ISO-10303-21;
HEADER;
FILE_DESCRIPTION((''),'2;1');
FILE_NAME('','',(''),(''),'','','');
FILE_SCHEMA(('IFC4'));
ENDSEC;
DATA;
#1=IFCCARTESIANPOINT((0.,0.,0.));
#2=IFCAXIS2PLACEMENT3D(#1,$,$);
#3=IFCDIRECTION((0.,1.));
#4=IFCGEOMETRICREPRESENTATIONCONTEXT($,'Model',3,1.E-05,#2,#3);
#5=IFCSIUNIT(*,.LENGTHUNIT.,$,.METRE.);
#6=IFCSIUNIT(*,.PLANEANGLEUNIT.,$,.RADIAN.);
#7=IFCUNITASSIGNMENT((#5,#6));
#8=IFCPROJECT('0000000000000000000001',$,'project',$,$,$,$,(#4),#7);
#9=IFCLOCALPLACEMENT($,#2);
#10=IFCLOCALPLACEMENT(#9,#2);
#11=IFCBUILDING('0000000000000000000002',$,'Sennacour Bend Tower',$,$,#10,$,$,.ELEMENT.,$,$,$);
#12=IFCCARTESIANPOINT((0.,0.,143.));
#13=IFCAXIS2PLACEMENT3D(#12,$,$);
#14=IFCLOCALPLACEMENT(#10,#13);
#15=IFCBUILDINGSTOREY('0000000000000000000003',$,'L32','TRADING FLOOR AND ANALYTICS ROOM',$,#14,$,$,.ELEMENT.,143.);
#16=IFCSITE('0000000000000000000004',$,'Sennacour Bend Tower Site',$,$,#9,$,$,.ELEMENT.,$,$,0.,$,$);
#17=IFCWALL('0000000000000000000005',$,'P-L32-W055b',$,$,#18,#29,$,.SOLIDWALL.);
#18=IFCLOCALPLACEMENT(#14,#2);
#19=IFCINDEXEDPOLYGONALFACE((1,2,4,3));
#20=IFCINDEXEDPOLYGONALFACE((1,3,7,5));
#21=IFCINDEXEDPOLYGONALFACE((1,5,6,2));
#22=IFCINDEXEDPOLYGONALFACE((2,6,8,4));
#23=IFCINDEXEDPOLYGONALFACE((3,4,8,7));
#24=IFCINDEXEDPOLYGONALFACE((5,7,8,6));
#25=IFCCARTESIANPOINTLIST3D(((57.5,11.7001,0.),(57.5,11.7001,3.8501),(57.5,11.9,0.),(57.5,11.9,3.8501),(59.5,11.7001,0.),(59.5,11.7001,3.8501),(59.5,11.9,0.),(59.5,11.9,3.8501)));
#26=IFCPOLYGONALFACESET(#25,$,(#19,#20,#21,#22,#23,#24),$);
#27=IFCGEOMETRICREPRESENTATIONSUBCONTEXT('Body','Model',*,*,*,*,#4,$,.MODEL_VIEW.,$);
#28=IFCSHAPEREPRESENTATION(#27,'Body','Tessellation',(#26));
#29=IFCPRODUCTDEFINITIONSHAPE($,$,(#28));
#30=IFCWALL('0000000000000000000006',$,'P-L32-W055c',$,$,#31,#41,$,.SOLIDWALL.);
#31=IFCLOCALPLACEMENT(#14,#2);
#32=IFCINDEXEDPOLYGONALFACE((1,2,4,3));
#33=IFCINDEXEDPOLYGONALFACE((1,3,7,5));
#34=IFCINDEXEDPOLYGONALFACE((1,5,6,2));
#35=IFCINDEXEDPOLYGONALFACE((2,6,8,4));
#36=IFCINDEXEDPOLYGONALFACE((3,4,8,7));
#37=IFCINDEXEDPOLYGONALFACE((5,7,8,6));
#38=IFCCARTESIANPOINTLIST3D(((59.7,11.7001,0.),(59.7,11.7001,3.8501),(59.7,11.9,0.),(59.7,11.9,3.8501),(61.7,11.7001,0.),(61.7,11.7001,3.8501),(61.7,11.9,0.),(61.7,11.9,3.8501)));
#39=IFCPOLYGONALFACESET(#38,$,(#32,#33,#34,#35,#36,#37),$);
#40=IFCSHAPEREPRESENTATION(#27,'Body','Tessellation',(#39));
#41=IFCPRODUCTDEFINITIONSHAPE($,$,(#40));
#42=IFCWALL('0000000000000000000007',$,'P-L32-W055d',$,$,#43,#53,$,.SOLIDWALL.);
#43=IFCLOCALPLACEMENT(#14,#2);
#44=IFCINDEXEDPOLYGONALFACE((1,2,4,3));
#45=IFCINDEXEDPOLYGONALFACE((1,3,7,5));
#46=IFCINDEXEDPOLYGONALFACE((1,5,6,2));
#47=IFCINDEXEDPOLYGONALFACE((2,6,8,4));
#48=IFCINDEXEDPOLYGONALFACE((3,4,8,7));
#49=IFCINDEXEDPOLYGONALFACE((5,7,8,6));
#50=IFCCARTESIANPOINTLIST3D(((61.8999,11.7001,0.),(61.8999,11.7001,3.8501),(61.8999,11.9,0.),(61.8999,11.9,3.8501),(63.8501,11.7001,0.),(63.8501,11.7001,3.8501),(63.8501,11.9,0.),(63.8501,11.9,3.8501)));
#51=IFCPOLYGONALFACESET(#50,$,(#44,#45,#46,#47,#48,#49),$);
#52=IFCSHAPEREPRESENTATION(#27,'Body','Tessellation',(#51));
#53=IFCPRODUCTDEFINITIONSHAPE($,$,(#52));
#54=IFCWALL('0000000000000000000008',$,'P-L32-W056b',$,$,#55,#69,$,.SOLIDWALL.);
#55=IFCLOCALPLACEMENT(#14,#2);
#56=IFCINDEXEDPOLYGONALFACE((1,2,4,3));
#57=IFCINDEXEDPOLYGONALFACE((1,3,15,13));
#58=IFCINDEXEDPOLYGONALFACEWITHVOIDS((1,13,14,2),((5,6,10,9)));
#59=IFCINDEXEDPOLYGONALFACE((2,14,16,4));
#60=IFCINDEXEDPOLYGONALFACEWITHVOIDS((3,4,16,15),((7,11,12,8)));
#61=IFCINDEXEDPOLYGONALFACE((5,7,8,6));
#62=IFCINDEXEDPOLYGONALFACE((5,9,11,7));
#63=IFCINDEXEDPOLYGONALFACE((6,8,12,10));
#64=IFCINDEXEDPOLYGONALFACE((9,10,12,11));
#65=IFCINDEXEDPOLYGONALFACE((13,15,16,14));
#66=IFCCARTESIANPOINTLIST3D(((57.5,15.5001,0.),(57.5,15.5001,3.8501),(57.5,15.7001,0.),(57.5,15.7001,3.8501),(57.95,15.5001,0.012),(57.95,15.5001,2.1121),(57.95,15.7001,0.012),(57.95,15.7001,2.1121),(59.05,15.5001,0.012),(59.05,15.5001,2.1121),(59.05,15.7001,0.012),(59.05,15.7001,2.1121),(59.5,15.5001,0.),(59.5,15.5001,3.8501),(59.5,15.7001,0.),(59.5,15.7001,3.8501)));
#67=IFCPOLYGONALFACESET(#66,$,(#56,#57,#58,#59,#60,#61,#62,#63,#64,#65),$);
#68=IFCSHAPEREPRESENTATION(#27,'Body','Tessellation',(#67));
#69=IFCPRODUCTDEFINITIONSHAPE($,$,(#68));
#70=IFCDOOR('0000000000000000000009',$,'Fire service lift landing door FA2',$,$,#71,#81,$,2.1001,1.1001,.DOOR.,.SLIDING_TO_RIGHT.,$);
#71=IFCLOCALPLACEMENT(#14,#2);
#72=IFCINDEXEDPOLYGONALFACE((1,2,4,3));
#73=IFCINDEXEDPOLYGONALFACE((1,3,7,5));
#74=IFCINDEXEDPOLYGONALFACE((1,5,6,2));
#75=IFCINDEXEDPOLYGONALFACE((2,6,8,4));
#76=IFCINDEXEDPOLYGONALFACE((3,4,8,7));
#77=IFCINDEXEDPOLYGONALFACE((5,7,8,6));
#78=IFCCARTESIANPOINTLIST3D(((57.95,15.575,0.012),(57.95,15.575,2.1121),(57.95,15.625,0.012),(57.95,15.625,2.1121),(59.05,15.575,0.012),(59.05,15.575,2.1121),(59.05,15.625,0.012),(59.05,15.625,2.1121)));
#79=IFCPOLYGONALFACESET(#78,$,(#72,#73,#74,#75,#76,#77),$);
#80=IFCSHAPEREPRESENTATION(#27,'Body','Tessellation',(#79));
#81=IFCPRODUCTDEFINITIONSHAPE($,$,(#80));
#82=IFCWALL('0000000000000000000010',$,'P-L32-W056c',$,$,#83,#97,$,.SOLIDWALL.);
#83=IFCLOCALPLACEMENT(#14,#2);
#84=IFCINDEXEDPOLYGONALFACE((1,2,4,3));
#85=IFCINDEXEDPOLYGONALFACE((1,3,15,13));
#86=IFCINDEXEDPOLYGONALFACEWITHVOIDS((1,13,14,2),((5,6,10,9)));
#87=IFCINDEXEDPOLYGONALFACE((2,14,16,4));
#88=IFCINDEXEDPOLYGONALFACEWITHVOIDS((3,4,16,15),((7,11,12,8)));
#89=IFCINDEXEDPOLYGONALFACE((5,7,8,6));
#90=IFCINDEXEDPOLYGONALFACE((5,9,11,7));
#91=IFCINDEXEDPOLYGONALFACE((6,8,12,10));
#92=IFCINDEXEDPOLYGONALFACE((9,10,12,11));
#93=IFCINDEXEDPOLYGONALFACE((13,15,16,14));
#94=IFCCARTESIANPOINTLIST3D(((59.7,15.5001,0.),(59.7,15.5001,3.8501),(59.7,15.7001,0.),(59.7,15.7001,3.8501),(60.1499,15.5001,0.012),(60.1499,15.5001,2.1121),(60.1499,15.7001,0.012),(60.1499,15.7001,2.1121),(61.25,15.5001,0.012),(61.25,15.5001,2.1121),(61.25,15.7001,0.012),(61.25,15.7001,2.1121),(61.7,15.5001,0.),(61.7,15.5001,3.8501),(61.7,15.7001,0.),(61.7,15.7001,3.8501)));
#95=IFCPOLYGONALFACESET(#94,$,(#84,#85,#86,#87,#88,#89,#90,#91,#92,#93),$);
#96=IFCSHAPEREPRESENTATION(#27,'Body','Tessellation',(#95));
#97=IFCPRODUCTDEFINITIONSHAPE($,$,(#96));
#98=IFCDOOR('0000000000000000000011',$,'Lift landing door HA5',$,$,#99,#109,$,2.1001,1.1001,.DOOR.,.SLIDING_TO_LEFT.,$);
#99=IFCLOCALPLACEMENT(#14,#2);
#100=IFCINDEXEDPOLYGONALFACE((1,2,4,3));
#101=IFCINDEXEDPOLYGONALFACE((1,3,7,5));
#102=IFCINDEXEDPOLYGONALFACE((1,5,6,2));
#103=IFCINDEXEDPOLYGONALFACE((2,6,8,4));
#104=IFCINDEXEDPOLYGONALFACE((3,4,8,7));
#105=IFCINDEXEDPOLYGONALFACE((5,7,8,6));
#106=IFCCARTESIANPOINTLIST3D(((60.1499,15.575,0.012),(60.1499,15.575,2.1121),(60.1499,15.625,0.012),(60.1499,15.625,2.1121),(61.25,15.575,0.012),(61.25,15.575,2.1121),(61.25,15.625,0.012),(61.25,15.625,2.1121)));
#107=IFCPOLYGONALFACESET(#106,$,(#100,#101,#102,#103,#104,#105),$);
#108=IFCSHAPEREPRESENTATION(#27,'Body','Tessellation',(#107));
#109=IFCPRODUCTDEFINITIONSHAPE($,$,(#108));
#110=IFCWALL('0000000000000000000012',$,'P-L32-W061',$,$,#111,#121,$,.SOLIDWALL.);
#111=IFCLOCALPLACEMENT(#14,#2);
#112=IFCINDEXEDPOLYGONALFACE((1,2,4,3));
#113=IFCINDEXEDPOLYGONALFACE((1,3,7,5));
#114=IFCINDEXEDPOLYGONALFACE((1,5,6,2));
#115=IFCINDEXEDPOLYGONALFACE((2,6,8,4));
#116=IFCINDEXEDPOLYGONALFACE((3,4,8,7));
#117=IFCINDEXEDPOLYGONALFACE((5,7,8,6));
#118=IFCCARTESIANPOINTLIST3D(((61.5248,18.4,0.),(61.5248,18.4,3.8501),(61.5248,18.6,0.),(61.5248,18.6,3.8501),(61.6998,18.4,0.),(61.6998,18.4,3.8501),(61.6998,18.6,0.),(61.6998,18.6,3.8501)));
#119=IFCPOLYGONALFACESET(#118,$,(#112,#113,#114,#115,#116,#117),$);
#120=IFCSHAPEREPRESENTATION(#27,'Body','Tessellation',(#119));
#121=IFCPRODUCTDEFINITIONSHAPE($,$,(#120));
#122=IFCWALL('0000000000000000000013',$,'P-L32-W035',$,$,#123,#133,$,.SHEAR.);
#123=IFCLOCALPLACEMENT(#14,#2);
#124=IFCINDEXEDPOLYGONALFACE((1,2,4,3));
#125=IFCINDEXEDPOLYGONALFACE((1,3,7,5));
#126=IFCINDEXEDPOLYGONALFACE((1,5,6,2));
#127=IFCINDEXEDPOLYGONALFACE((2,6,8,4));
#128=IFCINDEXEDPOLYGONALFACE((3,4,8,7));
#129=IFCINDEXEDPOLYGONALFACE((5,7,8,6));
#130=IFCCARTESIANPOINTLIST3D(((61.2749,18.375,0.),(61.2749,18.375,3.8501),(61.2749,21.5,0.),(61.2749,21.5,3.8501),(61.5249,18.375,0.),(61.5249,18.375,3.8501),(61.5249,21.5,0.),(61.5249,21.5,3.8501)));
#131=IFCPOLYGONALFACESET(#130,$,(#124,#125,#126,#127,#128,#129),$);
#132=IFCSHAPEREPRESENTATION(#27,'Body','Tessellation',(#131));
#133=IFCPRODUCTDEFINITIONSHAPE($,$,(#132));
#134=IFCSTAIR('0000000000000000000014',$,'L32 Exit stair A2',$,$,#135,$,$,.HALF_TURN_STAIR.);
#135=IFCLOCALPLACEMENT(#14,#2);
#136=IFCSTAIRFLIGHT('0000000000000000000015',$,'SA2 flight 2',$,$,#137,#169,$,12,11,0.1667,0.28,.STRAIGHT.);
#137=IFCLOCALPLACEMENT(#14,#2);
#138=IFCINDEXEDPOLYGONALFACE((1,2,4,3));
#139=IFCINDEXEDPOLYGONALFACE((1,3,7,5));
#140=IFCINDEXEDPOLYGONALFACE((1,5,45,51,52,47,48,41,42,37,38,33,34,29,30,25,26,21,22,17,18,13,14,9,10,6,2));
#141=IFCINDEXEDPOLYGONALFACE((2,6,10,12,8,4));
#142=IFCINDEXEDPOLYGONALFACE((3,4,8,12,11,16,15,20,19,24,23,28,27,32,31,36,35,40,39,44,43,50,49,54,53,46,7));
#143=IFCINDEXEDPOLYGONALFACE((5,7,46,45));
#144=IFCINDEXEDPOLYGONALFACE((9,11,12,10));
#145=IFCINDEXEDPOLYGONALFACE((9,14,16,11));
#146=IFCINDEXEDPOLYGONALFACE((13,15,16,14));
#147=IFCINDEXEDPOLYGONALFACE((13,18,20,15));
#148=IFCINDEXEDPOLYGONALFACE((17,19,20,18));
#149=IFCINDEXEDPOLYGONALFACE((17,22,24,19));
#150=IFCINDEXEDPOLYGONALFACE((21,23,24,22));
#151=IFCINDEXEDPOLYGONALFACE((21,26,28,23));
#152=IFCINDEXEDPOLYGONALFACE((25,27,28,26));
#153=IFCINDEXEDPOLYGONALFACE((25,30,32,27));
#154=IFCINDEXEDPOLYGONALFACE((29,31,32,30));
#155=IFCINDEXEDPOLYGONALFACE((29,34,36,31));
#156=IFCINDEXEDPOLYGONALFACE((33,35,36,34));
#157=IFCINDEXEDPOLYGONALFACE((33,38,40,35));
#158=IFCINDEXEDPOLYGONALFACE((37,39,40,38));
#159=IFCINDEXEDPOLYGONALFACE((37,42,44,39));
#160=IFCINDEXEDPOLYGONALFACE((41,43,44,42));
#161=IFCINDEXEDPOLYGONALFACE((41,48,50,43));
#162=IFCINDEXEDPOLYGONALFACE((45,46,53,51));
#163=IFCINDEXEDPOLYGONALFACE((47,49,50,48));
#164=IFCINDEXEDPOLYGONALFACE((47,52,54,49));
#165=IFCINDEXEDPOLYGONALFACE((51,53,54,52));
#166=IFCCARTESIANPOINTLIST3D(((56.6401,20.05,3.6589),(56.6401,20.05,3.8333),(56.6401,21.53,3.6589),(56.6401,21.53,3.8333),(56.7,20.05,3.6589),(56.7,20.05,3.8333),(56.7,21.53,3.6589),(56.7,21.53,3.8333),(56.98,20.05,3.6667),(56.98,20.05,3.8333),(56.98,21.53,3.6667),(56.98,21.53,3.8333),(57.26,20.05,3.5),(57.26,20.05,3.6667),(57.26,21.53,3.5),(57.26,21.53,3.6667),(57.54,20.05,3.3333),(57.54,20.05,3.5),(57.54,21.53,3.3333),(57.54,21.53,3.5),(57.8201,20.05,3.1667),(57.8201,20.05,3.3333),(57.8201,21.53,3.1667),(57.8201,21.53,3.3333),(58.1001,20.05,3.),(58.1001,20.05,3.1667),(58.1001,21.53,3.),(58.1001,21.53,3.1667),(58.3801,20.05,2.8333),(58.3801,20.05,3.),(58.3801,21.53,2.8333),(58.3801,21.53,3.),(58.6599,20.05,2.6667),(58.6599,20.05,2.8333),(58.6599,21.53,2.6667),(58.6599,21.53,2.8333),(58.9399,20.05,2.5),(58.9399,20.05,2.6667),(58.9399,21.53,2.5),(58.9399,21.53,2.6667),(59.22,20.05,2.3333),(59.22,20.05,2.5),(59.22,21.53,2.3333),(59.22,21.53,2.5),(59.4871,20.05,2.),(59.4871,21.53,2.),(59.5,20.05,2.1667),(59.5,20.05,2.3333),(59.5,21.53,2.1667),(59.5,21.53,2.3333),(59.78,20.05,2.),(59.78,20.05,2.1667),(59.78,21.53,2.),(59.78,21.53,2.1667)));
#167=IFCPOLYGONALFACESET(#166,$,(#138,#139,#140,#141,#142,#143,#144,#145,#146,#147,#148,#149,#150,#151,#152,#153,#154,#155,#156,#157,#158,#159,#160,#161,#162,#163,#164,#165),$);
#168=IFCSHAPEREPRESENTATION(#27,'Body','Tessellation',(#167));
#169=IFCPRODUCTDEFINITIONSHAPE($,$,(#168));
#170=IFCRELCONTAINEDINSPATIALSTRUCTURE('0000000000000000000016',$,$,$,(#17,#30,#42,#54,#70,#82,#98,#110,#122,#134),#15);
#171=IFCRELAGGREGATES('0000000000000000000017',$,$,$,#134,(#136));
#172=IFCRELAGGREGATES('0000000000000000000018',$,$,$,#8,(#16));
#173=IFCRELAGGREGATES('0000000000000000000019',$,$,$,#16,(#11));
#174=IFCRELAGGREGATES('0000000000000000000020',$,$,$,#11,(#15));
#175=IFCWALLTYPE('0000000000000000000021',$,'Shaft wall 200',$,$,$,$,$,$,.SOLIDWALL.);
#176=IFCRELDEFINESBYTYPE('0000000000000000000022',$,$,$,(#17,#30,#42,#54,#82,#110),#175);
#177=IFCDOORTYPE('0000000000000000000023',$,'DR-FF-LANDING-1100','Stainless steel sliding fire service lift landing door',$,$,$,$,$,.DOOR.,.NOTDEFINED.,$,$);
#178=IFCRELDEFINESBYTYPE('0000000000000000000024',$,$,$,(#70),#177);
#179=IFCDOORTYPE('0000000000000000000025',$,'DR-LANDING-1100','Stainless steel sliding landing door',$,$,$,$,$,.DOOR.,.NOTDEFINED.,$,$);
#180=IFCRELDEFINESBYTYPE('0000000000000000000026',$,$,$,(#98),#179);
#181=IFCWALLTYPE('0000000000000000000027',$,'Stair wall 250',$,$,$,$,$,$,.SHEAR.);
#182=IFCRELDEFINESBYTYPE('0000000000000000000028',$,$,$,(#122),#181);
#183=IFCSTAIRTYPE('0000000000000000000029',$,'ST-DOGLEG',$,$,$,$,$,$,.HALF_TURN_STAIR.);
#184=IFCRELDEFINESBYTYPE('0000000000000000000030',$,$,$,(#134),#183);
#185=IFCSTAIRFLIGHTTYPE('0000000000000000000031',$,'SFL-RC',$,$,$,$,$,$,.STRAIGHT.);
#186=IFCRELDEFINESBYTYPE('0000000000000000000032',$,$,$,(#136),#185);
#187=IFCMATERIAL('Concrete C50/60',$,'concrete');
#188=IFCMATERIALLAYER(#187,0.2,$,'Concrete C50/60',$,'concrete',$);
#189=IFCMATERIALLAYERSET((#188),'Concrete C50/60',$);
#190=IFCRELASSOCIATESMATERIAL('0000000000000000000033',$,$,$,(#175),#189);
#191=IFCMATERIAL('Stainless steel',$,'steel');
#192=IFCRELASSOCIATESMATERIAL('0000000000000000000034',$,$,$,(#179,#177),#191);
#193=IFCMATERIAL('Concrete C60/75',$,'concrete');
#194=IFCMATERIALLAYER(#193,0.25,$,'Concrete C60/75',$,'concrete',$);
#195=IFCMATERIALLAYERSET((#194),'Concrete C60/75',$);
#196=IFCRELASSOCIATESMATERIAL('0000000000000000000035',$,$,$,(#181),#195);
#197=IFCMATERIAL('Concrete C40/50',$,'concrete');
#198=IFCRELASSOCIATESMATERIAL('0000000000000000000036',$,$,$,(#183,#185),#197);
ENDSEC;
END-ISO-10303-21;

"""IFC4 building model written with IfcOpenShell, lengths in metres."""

from ifc_helpers import new_model, si_unit, direction, frame, frame_2d, origin, place, context, subcontext, project, spatial, polyline, rectangle, outline, extrude, material, layer, layer_set, type_object, element, fill, aggregate, save


model = new_model("IFC4")

# Units and contexts
model_context = context("Model", 3, precision=1e-05, world=origin(), true_north=direction((0.0, 1.0)))
body_context = subcontext(model_context, "Body", "Model", "MODEL_VIEW")
ifc_project = project(units=[si_unit("LENGTHUNIT", "METRE"), si_unit("PLANEANGLEUNIT", "RADIAN")], contexts=[model_context])

# Site, building, storey
site_placement = place(None, origin())
site = spatial("IfcSite", under=ifc_project, at=site_placement, Name="Sennacour Bend Tower Site", CompositionType="ELEMENT", RefElevation=0.0)
building_placement = place(site_placement, origin())
building = spatial("IfcBuilding", under=site, at=building_placement, Name="Sennacour Bend Tower", CompositionType="ELEMENT")
storey_placement = place(building_placement, frame((0.0, 0.0, 143.0)))
storey = spatial("IfcBuildingStorey", under=building, at=storey_placement, Name="L32", Description="TRADING FLOOR AND ANALYTICS ROOM", CompositionType="ELEMENT", Elevation=143.0)

# Shared definitions
ifc_material_1 = material(Name="Concrete C50/60", Category="concrete")
ifc_layer_1 = layer(ifc_material_1, 0.2, Name="Concrete C50/60", Category="concrete")
ifc_layer_set_1 = layer_set([ifc_layer_1], Name="Concrete C50/60")
wall_type_1 = type_object("IfcWallType", Name="Shaft wall 200", PredefinedType="SOLIDWALL", material=ifc_layer_set_1)

# Shared definitions
ifc_material_2 = material(Name="Stainless steel", Category="steel")
door_type_1 = type_object("IfcDoorType", Name="DR-LANDING-1100", Description="Stainless steel sliding landing door", OperationType="NOTDEFINED", PredefinedType="DOOR", material=ifc_material_2)

# Walls
for number, where, z_axis, x_axis, name in (
    (1, (57.5, 11.8, 0.0), (0.0, 0.0, 1.0), (1.0, 0.0, 0.0), "P-L32-W055b"),
    (2, (59.7, 11.8, 0.0), (0.0, 0.0, 1.0), (1.0, 0.0, 0.0), "P-L32-W055c"),
):
    element("IfcWall", number, at=place(storey_placement, frame(where, z_axis=z_axis, x_axis=x_axis)), inside=storey, type_object=wall_type_1, Name=name, PredefinedType="SOLIDWALL", context=body_context, shape_type="SweptSolid", body=[
        extrude(rectangle(XDim=2.0, YDim=0.2, at=frame_2d((1.0, 0.0))), origin(), (0.0, 0.0, 1.0), 3.8501),
    ])
wall_1_placement = place(storey_placement, frame((61.8999, 11.8, 0.0), z_axis=(0.0, 0.0, 1.0), x_axis=(1.0, 0.0, 0.0)))
element("IfcWall", 3, at=wall_1_placement, inside=storey, type_object=wall_type_1, Name="P-L32-W055d", PredefinedType="SOLIDWALL", context=body_context, shape_type="SweptSolid", body=[
    extrude(rectangle(XDim=1.9502, YDim=0.2, at=frame_2d((0.9751, 0.0))), origin(), (0.0, 0.0, 1.0), 3.8501),
])

# Walls, openings, doors
wall_2_placement = place(storey_placement, frame((57.5, 15.6001, 0.0), z_axis=(0.0, 0.0, 1.0), x_axis=(1.0, 0.0, 0.0)))
wall_2 = element("IfcWall", 4, at=wall_2_placement, inside=storey, type_object=wall_type_1, Name="P-L32-W056b", PredefinedType="SOLIDWALL", context=body_context, shape_type="SweptSolid", body=[
    extrude(rectangle(XDim=2.0, YDim=0.2, at=frame_2d((1.0, 0.0))), origin(), (0.0, 0.0, 1.0), 3.8501),
])
opening_1_placement = place(wall_2_placement, frame((0.45, 0.0, 0.012)))
opening_1 = element("IfcOpeningElement", 5, at=opening_1_placement, cuts=wall_2, PredefinedType="OPENING", context=body_context, shape_type="SweptSolid", body=[
    extrude(rectangle(XDim=1.1001, YDim=2.1001, at=frame_2d((0.55, 1.05))), frame((0.0, 0.1099, 0.0), z_axis=(0.0, -1.0, 0.0), x_axis=(1.0, 0.0, 0.0)), (0.0, 0.0, 1.0), 0.22),
])
door_type_2 = type_object("IfcDoorType", Name="DR-FF-LANDING-1100", Description="Stainless steel sliding fire service lift landing door", OperationType="NOTDEFINED", PredefinedType="DOOR", material=ifc_material_2)
door_1_placement = place(opening_1_placement, origin())
door_1 = element("IfcDoor", 6, at=door_1_placement, inside=storey, type_object=door_type_2, Name="Fire service lift landing door FA2", OperationType="SLIDING_TO_RIGHT", OverallHeight=2.1001, OverallWidth=1.1001, PredefinedType="DOOR", context=body_context, shape_type="SweptSolid", body=[
    extrude(rectangle(XDim=1.1001, YDim=2.1001, at=frame_2d((0.55, 1.05))), frame((0.0, 0.0249, 0.0), z_axis=(0.0, -1.0, 0.0), x_axis=(1.0, 0.0, 0.0)), (0.0, 0.0, 1.0), 0.05),
])
fill(opening_1, door_1)
wall_3_placement = place(storey_placement, frame((59.7, 15.6001, 0.0), z_axis=(0.0, 0.0, 1.0), x_axis=(1.0, 0.0, 0.0)))
wall_3 = element("IfcWall", 7, at=wall_3_placement, inside=storey, type_object=wall_type_1, Name="P-L32-W056c", PredefinedType="SOLIDWALL", context=body_context, shape_type="SweptSolid", body=[
    extrude(rectangle(XDim=2.0, YDim=0.2, at=frame_2d((1.0, 0.0))), origin(), (0.0, 0.0, 1.0), 3.8501),
])
opening_2_placement = place(wall_3_placement, frame((0.45, 0.0, 0.012)))
opening_2 = element("IfcOpeningElement", 8, at=opening_2_placement, cuts=wall_3, PredefinedType="OPENING", context=body_context, shape_type="SweptSolid", body=[
    extrude(rectangle(XDim=1.1001, YDim=2.1001, at=frame_2d((0.55, 1.05))), frame((0.0, 0.1099, 0.0), z_axis=(0.0, -1.0, 0.0), x_axis=(1.0, 0.0, 0.0)), (0.0, 0.0, 1.0), 0.22),
])
door_2_placement = place(opening_2_placement, origin())
door_2 = element("IfcDoor", 9, at=door_2_placement, inside=storey, type_object=door_type_1, Name="Lift landing door HA5", OperationType="SLIDING_TO_LEFT", OverallHeight=2.1001, OverallWidth=1.1001, PredefinedType="DOOR", context=body_context, shape_type="SweptSolid", body=[
    extrude(rectangle(XDim=1.1001, YDim=2.1001, at=frame_2d((0.55, 1.05))), frame((0.0, 0.0249, 0.0), z_axis=(0.0, -1.0, 0.0), x_axis=(1.0, 0.0, 0.0)), (0.0, 0.0, 1.0), 0.05),
])
fill(opening_2, door_2)

# Walls
wall_4_placement = place(storey_placement, frame((61.5249, 18.5, 0.0), z_axis=(0.0, 0.0, 1.0), x_axis=(1.0, 0.0, 0.0)))
element("IfcWall", 10, at=wall_4_placement, inside=storey, type_object=wall_type_1, Name="P-L32-W061", PredefinedType="SOLIDWALL", context=body_context, shape_type="SweptSolid", body=[
    extrude(rectangle(XDim=0.175, YDim=0.2, at=frame_2d((0.0874, 0.0))), origin(), (0.0, 0.0, 1.0), 3.8501),
])
ifc_material_3 = material(Name="Concrete C60/75", Category="concrete")
ifc_layer_2 = layer(ifc_material_3, 0.25, Name="Concrete C60/75", Category="concrete")
ifc_layer_set_2 = layer_set([ifc_layer_2], Name="Concrete C60/75")
wall_type_2 = type_object("IfcWallType", Name="Stair wall 250", PredefinedType="SHEAR", material=ifc_layer_set_2)
wall_5_placement = place(storey_placement, frame((61.3999, 18.375, 0.0), z_axis=(0.0, 0.0, 1.0), x_axis=(0.0, 1.0, 0.0)))
element("IfcWall", 11, at=wall_5_placement, inside=storey, type_object=wall_type_2, Name="P-L32-W035", PredefinedType="SHEAR", context=body_context, shape_type="SweptSolid", body=[
    extrude(rectangle(XDim=3.125, YDim=0.25, at=frame_2d((1.5625, 0.0))), origin(), (0.0, 0.0, 1.0), 3.8501),
])

# Stair, stair flight
ifc_material_4 = material(Name="Concrete C40/50", Category="concrete")
stair_type = type_object("IfcStairType", Name="ST-DOGLEG", PredefinedType="HALF_TURN_STAIR", material=ifc_material_4)
stair_placement = place(storey_placement, origin())
stair = element("IfcStair", 12, at=stair_placement, inside=storey, type_object=stair_type, Name="L32 Exit stair A2", PredefinedType="HALF_TURN_STAIR")
stair_flight_type = type_object("IfcStairFlightType", Name="SFL-RC", PredefinedType="STRAIGHT", material=ifc_material_4)
stair_flight_placement = place(storey_placement, frame((59.78, 20.79, 2.0), z_axis=(0.0, 0.0, 1.0), x_axis=(-1.0, 0.0, 0.0)))
stair_flight = element("IfcStairFlight", 13, at=stair_flight_placement, type_object=stair_flight_type, Name="SA2 flight 2", NumberOfRisers=12, NumberOfTreads=11, PredefinedType="STRAIGHT", RiserHeight=0.1667, TreadLength=0.28, context=body_context, shape_type="SweptSolid", body=[
    extrude(outline(polyline([(0.0, 0.0), (0.0, 0.1667), (0.28, 0.1667), (0.28, 0.3333), (0.5601, 0.3333), (0.5601, 0.5), (0.8401, 0.5), (0.8401, 0.6667), (1.1201, 0.6667), (1.1201, 0.8333), (1.3999, 0.8333), (1.3999, 1.0), (1.6799, 1.0), (1.6799, 1.1667), (1.96, 1.1667), (1.96, 1.3333), (2.24, 1.3333), (2.24, 1.5), (2.52, 1.5), (2.52, 1.6667), (2.8, 1.6667), (2.8, 1.8333), (3.0801, 1.8333), (3.1399, 1.8333), (3.1399, 1.6589), (3.0801, 1.6589), (0.293, 0.0), (0.0, 0.0)])), frame((0.0, 0.74, 0.0), z_axis=(0.0, -1.0, 0.0), x_axis=(1.0, 0.0, 0.0)), (0.0, 0.0, 1.0), 1.48),
])
aggregate(stair, [stair_flight])

save(model, "model.ifc")
